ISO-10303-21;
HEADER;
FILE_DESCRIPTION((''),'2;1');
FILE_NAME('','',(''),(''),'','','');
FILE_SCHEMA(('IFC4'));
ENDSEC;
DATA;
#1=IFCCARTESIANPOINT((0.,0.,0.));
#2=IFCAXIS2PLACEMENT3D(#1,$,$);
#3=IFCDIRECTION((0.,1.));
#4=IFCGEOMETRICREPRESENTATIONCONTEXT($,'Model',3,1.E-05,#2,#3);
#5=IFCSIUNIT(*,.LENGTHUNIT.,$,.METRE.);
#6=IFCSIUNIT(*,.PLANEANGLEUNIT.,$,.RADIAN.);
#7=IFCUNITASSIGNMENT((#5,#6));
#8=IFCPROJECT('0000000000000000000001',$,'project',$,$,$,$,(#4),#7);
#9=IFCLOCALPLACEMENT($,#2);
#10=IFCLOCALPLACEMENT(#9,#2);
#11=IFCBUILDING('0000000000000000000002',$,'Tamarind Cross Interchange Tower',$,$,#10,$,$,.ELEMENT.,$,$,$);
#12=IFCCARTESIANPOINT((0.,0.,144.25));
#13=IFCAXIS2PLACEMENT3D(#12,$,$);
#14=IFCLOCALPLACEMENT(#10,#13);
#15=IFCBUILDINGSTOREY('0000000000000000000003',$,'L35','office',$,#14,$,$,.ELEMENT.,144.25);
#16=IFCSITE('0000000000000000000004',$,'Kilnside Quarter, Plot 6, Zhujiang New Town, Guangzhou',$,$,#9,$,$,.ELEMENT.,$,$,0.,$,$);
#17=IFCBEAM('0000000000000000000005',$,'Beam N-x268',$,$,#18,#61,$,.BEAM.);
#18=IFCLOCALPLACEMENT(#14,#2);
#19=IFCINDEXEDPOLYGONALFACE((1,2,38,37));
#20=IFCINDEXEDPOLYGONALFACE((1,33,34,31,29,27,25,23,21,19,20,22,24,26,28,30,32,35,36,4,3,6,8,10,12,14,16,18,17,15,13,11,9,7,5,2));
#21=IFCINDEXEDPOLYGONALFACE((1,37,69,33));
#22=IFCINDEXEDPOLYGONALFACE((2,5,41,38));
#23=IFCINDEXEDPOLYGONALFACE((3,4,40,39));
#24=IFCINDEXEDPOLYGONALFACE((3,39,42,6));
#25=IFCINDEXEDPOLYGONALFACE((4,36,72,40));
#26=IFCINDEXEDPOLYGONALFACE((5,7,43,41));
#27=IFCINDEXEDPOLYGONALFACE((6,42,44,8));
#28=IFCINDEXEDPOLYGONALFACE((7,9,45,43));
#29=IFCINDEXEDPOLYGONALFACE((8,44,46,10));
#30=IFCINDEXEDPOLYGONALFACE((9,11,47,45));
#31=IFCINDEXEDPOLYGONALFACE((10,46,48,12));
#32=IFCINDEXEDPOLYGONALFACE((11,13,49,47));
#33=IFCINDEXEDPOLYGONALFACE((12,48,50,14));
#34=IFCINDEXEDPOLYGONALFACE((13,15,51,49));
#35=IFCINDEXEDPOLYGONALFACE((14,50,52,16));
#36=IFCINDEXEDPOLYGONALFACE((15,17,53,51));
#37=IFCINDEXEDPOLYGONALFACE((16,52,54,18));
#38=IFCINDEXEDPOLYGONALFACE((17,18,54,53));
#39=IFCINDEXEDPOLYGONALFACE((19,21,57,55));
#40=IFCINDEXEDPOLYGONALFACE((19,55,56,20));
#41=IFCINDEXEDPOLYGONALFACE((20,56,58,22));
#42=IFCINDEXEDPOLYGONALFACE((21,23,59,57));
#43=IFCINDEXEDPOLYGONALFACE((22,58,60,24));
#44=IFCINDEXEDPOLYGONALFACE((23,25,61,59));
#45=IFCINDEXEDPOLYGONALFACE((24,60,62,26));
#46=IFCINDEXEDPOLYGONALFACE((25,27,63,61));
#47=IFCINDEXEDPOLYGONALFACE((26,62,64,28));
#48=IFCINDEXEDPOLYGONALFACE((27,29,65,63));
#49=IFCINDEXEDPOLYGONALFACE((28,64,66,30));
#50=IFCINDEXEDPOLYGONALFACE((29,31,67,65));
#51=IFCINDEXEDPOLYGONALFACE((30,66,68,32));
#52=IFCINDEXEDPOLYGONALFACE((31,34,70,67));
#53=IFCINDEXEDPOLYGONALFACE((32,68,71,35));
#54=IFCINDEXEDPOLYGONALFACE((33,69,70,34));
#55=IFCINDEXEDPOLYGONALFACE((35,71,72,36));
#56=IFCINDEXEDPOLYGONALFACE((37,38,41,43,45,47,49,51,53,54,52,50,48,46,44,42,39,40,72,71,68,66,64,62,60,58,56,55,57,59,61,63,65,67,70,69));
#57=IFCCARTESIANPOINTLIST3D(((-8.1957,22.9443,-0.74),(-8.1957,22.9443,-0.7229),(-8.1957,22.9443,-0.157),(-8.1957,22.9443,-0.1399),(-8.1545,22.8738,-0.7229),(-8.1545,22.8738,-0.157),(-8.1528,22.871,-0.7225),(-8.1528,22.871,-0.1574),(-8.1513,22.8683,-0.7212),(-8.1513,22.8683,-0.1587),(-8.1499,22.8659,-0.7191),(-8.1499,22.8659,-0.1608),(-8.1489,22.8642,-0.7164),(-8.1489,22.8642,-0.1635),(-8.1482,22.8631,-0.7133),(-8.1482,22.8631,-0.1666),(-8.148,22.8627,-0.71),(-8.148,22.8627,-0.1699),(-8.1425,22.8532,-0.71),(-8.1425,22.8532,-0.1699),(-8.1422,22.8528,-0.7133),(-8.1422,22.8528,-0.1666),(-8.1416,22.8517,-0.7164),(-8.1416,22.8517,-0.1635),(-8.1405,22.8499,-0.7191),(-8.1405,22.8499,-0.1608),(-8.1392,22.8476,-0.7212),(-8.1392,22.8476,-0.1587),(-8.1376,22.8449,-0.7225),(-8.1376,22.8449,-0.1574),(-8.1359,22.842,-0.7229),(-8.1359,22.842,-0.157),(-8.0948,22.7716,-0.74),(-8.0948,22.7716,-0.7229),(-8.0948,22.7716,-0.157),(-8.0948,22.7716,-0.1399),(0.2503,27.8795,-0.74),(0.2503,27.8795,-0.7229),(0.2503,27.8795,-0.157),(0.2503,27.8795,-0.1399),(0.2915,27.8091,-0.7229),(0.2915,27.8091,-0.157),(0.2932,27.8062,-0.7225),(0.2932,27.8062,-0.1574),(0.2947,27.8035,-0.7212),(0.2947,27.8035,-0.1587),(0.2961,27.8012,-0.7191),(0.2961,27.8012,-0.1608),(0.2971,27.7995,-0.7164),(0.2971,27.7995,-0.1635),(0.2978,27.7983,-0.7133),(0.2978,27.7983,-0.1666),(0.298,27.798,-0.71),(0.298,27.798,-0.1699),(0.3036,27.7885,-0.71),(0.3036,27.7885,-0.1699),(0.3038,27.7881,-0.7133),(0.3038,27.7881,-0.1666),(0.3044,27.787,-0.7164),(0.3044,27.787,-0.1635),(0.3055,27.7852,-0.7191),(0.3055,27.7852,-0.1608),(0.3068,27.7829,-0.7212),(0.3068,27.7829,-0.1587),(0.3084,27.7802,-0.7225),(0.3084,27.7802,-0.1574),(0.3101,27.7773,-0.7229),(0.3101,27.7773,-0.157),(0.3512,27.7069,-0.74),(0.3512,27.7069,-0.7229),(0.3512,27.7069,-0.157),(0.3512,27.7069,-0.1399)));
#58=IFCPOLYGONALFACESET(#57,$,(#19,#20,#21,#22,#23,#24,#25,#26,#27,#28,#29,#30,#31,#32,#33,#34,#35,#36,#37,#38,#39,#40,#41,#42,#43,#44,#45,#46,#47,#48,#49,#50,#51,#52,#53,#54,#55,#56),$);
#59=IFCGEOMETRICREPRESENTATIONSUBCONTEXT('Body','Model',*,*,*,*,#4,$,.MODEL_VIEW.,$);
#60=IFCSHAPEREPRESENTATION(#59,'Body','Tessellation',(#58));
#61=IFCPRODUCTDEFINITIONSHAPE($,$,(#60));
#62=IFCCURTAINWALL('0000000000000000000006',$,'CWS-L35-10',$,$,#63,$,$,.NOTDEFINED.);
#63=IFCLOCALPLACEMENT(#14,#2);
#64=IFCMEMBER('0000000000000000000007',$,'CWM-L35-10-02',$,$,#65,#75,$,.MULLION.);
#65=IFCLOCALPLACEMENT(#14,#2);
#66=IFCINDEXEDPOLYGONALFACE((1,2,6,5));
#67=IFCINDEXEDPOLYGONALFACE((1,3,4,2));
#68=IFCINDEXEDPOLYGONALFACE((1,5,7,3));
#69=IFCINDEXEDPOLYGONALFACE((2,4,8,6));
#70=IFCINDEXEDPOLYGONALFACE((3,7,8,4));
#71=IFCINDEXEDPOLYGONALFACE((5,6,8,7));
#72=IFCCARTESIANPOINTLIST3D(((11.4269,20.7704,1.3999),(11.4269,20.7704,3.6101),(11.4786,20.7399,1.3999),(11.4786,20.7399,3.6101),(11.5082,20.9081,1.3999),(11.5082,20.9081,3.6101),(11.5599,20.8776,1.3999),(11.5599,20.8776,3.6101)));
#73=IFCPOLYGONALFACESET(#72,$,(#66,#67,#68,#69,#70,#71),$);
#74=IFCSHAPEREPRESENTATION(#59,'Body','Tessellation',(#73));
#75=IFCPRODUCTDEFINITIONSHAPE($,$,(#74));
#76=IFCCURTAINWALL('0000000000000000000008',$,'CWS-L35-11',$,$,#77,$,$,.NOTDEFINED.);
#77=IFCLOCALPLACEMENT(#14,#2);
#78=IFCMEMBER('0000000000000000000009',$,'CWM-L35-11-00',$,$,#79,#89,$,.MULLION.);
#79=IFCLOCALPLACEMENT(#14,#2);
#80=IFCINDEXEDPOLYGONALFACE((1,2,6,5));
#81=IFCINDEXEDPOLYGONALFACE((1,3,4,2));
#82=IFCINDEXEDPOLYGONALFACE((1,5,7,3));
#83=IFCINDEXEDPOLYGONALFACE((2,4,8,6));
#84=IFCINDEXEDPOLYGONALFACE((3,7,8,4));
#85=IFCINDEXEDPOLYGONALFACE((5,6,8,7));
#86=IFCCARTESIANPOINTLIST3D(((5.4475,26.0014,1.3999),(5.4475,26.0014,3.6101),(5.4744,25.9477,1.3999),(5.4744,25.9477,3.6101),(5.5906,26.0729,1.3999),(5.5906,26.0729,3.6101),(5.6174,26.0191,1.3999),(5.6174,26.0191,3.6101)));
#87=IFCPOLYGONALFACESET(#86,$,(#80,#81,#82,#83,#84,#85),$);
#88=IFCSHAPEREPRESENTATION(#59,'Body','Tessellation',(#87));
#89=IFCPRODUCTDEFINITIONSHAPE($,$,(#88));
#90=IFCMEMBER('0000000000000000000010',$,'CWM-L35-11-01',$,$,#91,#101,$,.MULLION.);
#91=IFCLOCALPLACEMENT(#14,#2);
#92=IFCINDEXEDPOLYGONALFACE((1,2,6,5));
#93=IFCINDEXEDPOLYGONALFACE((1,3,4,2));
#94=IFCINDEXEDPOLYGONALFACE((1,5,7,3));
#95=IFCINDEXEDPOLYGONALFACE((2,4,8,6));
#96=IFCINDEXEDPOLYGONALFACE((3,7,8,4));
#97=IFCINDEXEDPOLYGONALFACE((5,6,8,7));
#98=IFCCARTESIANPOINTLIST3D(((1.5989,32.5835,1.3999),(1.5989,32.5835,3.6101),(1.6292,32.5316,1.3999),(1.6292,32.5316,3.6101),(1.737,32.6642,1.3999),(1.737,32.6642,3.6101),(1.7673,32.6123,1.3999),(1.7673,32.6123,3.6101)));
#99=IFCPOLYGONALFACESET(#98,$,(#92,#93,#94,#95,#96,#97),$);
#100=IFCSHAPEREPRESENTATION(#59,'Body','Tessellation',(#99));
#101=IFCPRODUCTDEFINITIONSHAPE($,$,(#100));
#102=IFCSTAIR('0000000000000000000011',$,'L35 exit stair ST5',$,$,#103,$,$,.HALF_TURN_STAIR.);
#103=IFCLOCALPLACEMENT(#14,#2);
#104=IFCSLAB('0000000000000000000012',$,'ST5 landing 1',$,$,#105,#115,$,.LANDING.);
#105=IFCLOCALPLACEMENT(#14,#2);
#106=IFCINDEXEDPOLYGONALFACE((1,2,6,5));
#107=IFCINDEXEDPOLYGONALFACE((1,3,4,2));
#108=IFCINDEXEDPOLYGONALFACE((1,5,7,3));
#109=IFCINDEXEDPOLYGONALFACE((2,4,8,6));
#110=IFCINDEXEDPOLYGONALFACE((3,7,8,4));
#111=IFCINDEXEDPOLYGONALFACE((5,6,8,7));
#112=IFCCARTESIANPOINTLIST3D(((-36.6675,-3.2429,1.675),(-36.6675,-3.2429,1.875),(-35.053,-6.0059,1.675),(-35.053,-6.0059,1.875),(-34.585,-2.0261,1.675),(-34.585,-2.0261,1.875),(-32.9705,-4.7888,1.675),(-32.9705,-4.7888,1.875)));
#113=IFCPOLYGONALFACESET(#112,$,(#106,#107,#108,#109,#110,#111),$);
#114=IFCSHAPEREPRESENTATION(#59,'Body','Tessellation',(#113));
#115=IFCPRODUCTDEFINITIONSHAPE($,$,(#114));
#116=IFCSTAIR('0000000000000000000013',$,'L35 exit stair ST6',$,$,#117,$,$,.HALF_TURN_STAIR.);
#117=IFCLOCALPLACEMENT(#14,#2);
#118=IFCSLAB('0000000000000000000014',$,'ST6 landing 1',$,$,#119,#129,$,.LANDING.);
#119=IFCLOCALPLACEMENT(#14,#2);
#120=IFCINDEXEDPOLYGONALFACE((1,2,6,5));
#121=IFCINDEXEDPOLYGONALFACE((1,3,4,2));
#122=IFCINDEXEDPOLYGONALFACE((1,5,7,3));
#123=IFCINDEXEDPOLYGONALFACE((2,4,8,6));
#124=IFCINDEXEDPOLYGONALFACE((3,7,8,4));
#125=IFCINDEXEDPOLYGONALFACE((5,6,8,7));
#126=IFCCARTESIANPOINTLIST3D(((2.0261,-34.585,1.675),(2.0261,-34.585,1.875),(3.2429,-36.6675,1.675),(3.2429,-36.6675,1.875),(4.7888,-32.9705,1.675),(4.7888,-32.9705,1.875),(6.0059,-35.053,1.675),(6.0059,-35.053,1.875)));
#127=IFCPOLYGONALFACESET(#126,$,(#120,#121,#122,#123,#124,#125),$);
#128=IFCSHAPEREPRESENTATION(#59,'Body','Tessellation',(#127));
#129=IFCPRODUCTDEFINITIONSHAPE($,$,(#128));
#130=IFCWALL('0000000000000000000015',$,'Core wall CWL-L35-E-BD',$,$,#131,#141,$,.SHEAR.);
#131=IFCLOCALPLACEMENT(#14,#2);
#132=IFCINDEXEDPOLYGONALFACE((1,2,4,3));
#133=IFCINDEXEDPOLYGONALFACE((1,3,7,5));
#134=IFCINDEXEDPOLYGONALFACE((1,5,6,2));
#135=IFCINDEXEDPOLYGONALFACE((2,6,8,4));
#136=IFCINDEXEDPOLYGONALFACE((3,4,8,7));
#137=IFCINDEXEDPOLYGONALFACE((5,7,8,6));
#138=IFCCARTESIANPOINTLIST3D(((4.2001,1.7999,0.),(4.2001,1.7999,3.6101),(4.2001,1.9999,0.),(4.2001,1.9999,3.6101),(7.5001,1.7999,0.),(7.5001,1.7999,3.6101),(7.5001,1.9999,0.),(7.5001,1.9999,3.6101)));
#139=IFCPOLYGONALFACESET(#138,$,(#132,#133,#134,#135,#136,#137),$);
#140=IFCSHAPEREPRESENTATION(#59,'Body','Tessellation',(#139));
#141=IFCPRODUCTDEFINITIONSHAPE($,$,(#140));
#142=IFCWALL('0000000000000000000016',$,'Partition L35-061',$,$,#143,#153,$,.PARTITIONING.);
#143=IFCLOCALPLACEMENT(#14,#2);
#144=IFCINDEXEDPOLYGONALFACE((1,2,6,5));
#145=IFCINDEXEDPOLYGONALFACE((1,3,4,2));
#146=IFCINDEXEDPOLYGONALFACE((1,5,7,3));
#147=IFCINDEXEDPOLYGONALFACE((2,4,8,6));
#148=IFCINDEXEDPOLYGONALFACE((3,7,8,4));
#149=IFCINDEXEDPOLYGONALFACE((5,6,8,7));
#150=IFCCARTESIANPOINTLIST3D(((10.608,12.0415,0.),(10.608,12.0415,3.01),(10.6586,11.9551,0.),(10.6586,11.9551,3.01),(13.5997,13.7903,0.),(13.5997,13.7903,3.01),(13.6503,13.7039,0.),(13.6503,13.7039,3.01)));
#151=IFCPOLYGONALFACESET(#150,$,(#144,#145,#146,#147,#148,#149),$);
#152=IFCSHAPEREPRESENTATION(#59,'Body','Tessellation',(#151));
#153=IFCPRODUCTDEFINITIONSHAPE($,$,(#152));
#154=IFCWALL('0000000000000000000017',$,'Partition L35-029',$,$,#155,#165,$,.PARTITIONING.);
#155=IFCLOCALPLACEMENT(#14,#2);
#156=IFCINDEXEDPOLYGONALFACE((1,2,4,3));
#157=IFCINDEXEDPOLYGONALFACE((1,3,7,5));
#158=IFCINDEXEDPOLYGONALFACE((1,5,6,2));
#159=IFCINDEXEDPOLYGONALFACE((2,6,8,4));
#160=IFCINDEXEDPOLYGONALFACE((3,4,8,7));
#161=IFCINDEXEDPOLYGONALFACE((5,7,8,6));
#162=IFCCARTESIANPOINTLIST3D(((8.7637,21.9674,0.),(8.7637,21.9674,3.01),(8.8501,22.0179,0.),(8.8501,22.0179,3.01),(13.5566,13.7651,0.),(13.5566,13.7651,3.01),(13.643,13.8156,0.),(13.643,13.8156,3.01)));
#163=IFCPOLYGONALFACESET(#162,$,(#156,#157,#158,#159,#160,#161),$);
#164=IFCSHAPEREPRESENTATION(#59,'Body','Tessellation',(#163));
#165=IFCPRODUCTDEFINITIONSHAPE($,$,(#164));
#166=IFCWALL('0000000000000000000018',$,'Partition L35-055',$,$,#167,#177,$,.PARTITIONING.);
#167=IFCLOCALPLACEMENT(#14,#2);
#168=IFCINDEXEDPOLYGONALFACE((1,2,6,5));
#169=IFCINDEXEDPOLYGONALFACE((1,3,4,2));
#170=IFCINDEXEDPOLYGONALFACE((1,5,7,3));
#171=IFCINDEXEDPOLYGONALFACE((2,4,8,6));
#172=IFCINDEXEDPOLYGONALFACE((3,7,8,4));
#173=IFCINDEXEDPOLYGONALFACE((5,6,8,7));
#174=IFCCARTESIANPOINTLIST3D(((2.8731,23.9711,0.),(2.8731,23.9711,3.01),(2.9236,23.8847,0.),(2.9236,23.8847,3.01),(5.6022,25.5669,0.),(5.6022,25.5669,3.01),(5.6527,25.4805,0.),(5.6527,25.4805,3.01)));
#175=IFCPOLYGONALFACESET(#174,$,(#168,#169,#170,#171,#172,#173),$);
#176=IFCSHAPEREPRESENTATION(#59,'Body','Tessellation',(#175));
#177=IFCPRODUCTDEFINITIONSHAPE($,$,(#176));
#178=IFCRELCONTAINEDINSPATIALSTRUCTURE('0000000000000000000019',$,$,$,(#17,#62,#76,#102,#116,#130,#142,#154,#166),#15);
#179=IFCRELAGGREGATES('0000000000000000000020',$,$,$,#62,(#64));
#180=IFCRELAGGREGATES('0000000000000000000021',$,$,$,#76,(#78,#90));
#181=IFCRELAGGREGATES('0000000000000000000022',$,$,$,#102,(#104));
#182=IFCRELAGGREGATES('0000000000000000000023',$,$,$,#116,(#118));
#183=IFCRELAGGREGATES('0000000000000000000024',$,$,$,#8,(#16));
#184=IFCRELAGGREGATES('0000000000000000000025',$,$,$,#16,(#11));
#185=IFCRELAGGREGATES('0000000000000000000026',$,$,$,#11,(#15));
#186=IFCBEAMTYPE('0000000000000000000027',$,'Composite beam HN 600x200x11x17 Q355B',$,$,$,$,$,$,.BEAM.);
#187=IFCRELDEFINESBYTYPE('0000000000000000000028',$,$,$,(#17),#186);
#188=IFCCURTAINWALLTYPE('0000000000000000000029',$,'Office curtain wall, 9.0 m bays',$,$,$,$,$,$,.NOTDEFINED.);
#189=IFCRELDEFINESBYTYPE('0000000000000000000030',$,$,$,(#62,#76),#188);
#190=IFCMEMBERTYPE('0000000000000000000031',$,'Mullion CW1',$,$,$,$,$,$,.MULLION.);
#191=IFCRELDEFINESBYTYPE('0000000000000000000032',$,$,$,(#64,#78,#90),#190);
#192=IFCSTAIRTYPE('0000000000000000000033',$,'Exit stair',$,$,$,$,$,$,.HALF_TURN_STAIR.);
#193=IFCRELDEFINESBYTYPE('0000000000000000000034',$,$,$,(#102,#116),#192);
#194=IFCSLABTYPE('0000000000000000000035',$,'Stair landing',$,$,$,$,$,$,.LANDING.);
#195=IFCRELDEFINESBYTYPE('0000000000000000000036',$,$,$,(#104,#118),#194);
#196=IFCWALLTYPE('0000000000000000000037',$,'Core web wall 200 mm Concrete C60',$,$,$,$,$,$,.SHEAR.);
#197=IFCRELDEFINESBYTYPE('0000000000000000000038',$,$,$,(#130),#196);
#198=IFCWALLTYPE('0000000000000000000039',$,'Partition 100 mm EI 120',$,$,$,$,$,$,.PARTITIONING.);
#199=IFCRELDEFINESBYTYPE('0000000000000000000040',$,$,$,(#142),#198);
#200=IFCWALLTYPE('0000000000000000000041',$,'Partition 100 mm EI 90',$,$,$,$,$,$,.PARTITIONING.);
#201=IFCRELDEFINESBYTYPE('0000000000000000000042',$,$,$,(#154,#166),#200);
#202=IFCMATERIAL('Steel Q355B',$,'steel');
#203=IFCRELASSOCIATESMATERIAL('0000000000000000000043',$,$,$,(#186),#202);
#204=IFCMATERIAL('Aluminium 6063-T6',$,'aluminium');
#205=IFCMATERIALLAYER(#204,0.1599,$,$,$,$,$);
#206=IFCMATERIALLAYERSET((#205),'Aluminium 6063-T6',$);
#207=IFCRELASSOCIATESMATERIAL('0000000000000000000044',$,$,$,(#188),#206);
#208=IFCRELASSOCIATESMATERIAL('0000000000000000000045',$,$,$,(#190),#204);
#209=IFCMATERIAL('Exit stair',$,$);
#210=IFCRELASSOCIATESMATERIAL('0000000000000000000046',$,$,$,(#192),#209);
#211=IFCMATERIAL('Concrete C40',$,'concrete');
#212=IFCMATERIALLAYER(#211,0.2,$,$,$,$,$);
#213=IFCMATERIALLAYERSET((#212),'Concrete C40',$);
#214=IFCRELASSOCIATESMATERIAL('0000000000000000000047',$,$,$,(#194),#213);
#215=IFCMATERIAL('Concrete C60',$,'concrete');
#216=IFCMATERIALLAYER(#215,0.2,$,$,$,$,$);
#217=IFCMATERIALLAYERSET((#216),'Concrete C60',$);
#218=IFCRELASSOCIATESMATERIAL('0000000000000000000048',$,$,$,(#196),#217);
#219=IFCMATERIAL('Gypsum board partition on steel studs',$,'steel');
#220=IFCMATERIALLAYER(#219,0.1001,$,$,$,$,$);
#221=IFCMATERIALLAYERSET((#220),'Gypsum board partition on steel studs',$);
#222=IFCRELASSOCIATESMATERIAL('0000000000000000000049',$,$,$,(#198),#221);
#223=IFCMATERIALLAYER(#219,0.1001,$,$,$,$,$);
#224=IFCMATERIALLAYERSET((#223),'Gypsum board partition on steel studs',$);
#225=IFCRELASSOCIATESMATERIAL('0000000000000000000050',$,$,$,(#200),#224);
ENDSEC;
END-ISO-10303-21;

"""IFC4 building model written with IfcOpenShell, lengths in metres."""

from ifc_helpers import new_model, si_unit, direction, frame, frame_2d, origin, origin_2d, place, context, subcontext, project, spatial, polyline, rectangle, i_section, outline, extrude, material, layer, layer_set, material_profile, profile_set, type_object, element, aggregate, save


model = new_model("IFC4")

# Units and contexts
model_context = context("Model", 3, precision=1e-05, world=origin(), true_north=direction((0.0, 1.0)))
body_context = subcontext(model_context, "Body", "Model", "MODEL_VIEW")
ifc_project = project(units=[si_unit("LENGTHUNIT", "METRE"), si_unit("PLANEANGLEUNIT", "RADIAN")], contexts=[model_context])

# Site, building, storey
site_placement = place(None, origin())
site = spatial("IfcSite", under=ifc_project, at=site_placement, Name="Kilnside Quarter, Plot 6, Zhujiang New Town, Guangzhou", CompositionType="ELEMENT", RefElevation=0.0)
building_placement = place(site_placement, origin())
building = spatial("IfcBuilding", under=site, at=building_placement, Name="Tamarind Cross Interchange Tower", CompositionType="ELEMENT")
storey_placement = place(building_placement, frame((0.0, 0.0, 144.25)))
storey = spatial("IfcBuildingStorey", under=building, at=storey_placement, Name="L35", Description="office", CompositionType="ELEMENT", Elevation=144.25)

# Shared definitions
ifc_material_1 = material(Name="Concrete C60", Category="concrete")

# Beam
ifc_material_2 = material(Name="Steel Q355B", Category="steel")
ifc_material_profile_1 = material_profile(ifc_material_2, i_section(OverallWidth=0.2, OverallDepth=0.6001, WebThickness=0.011, FlangeThickness=0.0171, FilletRadius=0.0129, at=origin_2d()), Name="HN 600x200x11x17")
ifc_profile_set_1 = profile_set([ifc_material_profile_1], Name="Steel Q355B")
beam_type_1 = type_object("IfcBeamType", Name="Composite beam HN 600x200x11x17 Q355B", PredefinedType="BEAM", material=ifc_profile_set_1)
beam_1_placement = place(storey_placement, frame((0.3008, 27.7932, -0.4399), z_axis=(-0.863403, -0.504515, 0.0), x_axis=(0.504515, -0.863403, 0.0)))
element("IfcBeam", 1, at=beam_1_placement, inside=storey, type_object=beam_type_1, Name="Beam N-x268", PredefinedType="BEAM", context=body_context, shape_type="SweptSolid", body=[
    extrude(i_section(OverallWidth=0.2, OverallDepth=0.6001, WebThickness=0.011, FlangeThickness=0.0171, FilletRadius=0.0129, at=origin_2d()), origin(), (0.0, 0.0, 1.0), 9.7822),
])

# Curtain wall, member
ifc_material_3 = material(Name="Aluminium 6063-T6", Category="aluminium")
ifc_layer_1 = layer(ifc_material_3, 0.1599)
ifc_layer_set_1 = layer_set([ifc_layer_1], Name="Aluminium 6063-T6")
curtain_wall_type = type_object("IfcCurtainWallType", Name="Office curtain wall, 9.0 m bays", PredefinedType="NOTDEFINED", material=ifc_layer_set_1)
curtain_wall_1_placement = place(storey_placement, origin())
curtain_wall_1 = element("IfcCurtainWall", 2, at=curtain_wall_1_placement, inside=storey, type_object=curtain_wall_type, Name="CWS-L35-10", PredefinedType="NOTDEFINED")
ifc_material_profile_2 = material_profile(ifc_material_3, rectangle(XDim=0.0601, YDim=0.1599, at=origin_2d()), Name="Mullion CW1")
ifc_profile_set_2 = profile_set([ifc_material_profile_2], Name="Aluminium 6063-T6")
member_type = type_object("IfcMemberType", Name="Mullion CW1", PredefinedType="MULLION", material=ifc_profile_set_2)
member_1_placement = place(storey_placement, frame((11.4934, 20.824, 1.3999), z_axis=(0.0, 0.0, 1.0), x_axis=(-0.861249, 0.508183, 0.0)))
member_1 = element("IfcMember", 3, at=member_1_placement, type_object=member_type, Name="CWM-L35-10-02", PredefinedType="MULLION", context=body_context, shape_type="SweptSolid", body=[
    extrude(rectangle(XDim=0.0601, YDim=0.1599, at=origin_2d()), origin(), (0.0, 0.0, 1.0), 2.2102),
])
aggregate(curtain_wall_1, [member_1])

# Curtain wall, members
curtain_wall_2_placement = place(storey_placement, origin())
curtain_wall_2 = element("IfcCurtainWall", 4, at=curtain_wall_2_placement, inside=storey, type_object=curtain_wall_type, Name="CWS-L35-11", PredefinedType="NOTDEFINED")
member_2_placement = place(storey_placement, frame((5.5325, 26.0103, 1.3999), z_axis=(0.0, 0.0, 1.0), x_axis=(-0.446966, 0.894551, 0.0)))
member_2 = element("IfcMember", 5, at=member_2_placement, type_object=member_type, Name="CWM-L35-11-00", PredefinedType="MULLION", context=body_context, shape_type="SweptSolid", body=[
    extrude(rectangle(XDim=0.0601, YDim=0.1599, at=origin_2d()), origin(), (0.0, 0.0, 1.0), 2.2102),
])
member_3_placement = place(storey_placement, frame((1.6831, 32.5979, 1.3999), z_axis=(0.0, 0.0, 1.0), x_axis=(-0.504516, 0.863403, 0.0)))
member_3 = element("IfcMember", 6, at=member_3_placement, type_object=member_type, Name="CWM-L35-11-01", PredefinedType="MULLION", context=body_context, shape_type="SweptSolid", body=[
    extrude(rectangle(XDim=0.0601, YDim=0.1599, at=origin_2d()), origin(), (0.0, 0.0, 1.0), 2.2102),
])
aggregate(curtain_wall_2, [member_2, member_3])

# Stairs, slabs
ifc_material_4 = material(Name="Exit stair")
stair_type = type_object("IfcStairType", Name="Exit stair", PredefinedType="HALF_TURN_STAIR", material=ifc_material_4)
stair_1_placement = place(storey_placement, origin())
stair_1 = element("IfcStair", 7, at=stair_1_placement, inside=storey, type_object=stair_type, Name="L35 exit stair ST5", PredefinedType="HALF_TURN_STAIR")
ifc_material_5 = material(Name="Concrete C40", Category="concrete")
ifc_layer_2 = layer(ifc_material_5, 0.2)
ifc_layer_set_2 = layer_set([ifc_layer_2], Name="Concrete C40")
slab_type = type_object("IfcSlabType", Name="Stair landing", PredefinedType="LANDING", material=ifc_layer_set_2)
slab_1_placement = place(storey_placement, frame((0.0, 0.0, 1.675)))
slab_1 = element("IfcSlab", 8, at=slab_1_placement, type_object=slab_type, Name="ST5 landing 1", PredefinedType="LANDING", context=body_context, shape_type="SweptSolid", body=[
    extrude(outline(polyline([(-34.585, -2.0261), (-36.6675, -3.2429), (-35.053, -6.0059), (-32.9705, -4.7888), (-34.585, -2.0261)])), origin(), (0.0, 0.0, 1.0), 0.2),
])
aggregate(stair_1, [slab_1])
stair_2_placement = place(storey_placement, origin())
stair_2 = element("IfcStair", 9, at=stair_2_placement, inside=storey, type_object=stair_type, Name="L35 exit stair ST6", PredefinedType="HALF_TURN_STAIR")
slab_2_placement = place(storey_placement, frame((0.0, 0.0, 1.675)))
slab_2 = element("IfcSlab", 10, at=slab_2_placement, type_object=slab_type, Name="ST6 landing 1", PredefinedType="LANDING", context=body_context, shape_type="SweptSolid", body=[
    extrude(outline(polyline([(2.0261, -34.585), (3.2429, -36.6675), (6.0059, -35.053), (4.7888, -32.9705), (2.0261, -34.585)])), origin(), (0.0, 0.0, 1.0), 0.2),
])
aggregate(stair_2, [slab_2])

# Walls
ifc_layer_3 = layer(ifc_material_1, 0.2)
ifc_layer_set_3 = layer_set([ifc_layer_3], Name="Concrete C60")
wall_type_1 = type_object("IfcWallType", Name="Core web wall 200 mm Concrete C60", PredefinedType="SHEAR", material=ifc_layer_set_3)
wall_1_placement = place(storey_placement, frame((7.5, 1.8999, 0.0), z_axis=(0.0, 0.0, 1.0), x_axis=(-1.0, 0.0, 0.0)))
element("IfcWall", 11, at=wall_1_placement, inside=storey, type_object=wall_type_1, Name="Core wall CWL-L35-E-BD", PredefinedType="SHEAR", context=body_context, shape_type="SweptSolid", body=[
    extrude(rectangle(XDim=3.3, YDim=0.2, at=frame_2d((1.6499, 0.0))), origin(), (0.0, 0.0, 1.0), 3.6101),
])
ifc_material_6 = material(Name="Gypsum board partition on steel studs", Category="steel")
ifc_layer_4 = layer(ifc_material_6, 0.1001)
ifc_layer_set_4 = layer_set([ifc_layer_4], Name="Gypsum board partition on steel studs")
wall_type_2 = type_object("IfcWallType", Name="Partition 100 mm EI 120", PredefinedType="PARTITIONING", material=ifc_layer_set_4)
wall_2_placement = place(storey_placement, frame((10.6333, 11.9983, 0.0), z_axis=(0.0, 0.0, 1.0), x_axis=(0.863324, 0.504651, 0.0)))
element("IfcWall", 12, at=wall_2_placement, inside=storey, type_object=wall_type_2, Name="Partition L35-061", PredefinedType="PARTITIONING", context=body_context, shape_type="SweptSolid", body=[
    extrude(rectangle(XDim=3.4653, YDim=0.1001, at=frame_2d((1.7327, 0.0))), origin(), (0.0, 0.0, 1.0), 3.01),
])
ifc_layer_5 = layer(ifc_material_6, 0.1001)
ifc_layer_set_5 = layer_set([ifc_layer_5], Name="Gypsum board partition on steel studs")
wall_type_3 = type_object("IfcWallType", Name="Partition 100 mm EI 90", PredefinedType="PARTITIONING", material=ifc_layer_set_5)
wall_3_placement = place(storey_placement, frame((8.8069, 21.9927, 0.0), z_axis=(0.0, 0.0, 1.0), x_axis=(0.504518, -0.863401, 0.0)))
element("IfcWall", 13, at=wall_3_placement, inside=storey, type_object=wall_type_3, Name="Partition L35-029", PredefinedType="PARTITIONING", context=body_context, shape_type="SweptSolid", body=[
    extrude(rectangle(XDim=9.5, YDim=0.1001, at=frame_2d((4.75, 0.0))), origin(), (0.0, 0.0, 1.0), 3.01),
])
wall_4_placement = place(storey_placement, frame((2.8984, 23.928, 0.0), z_axis=(0.0, 0.0, 1.0), x_axis=(0.863257, 0.504764, 0.0)))
element("IfcWall", 14, at=wall_4_placement, inside=storey, type_object=wall_type_3, Name="Partition L35-055", PredefinedType="PARTITIONING", context=body_context, shape_type="SweptSolid", body=[
    extrude(rectangle(XDim=3.1614, YDim=0.1001, at=frame_2d((1.5806, 0.0))), origin(), (0.0, 0.0, 1.0), 3.01),
])

save(model, "model.ifc")
